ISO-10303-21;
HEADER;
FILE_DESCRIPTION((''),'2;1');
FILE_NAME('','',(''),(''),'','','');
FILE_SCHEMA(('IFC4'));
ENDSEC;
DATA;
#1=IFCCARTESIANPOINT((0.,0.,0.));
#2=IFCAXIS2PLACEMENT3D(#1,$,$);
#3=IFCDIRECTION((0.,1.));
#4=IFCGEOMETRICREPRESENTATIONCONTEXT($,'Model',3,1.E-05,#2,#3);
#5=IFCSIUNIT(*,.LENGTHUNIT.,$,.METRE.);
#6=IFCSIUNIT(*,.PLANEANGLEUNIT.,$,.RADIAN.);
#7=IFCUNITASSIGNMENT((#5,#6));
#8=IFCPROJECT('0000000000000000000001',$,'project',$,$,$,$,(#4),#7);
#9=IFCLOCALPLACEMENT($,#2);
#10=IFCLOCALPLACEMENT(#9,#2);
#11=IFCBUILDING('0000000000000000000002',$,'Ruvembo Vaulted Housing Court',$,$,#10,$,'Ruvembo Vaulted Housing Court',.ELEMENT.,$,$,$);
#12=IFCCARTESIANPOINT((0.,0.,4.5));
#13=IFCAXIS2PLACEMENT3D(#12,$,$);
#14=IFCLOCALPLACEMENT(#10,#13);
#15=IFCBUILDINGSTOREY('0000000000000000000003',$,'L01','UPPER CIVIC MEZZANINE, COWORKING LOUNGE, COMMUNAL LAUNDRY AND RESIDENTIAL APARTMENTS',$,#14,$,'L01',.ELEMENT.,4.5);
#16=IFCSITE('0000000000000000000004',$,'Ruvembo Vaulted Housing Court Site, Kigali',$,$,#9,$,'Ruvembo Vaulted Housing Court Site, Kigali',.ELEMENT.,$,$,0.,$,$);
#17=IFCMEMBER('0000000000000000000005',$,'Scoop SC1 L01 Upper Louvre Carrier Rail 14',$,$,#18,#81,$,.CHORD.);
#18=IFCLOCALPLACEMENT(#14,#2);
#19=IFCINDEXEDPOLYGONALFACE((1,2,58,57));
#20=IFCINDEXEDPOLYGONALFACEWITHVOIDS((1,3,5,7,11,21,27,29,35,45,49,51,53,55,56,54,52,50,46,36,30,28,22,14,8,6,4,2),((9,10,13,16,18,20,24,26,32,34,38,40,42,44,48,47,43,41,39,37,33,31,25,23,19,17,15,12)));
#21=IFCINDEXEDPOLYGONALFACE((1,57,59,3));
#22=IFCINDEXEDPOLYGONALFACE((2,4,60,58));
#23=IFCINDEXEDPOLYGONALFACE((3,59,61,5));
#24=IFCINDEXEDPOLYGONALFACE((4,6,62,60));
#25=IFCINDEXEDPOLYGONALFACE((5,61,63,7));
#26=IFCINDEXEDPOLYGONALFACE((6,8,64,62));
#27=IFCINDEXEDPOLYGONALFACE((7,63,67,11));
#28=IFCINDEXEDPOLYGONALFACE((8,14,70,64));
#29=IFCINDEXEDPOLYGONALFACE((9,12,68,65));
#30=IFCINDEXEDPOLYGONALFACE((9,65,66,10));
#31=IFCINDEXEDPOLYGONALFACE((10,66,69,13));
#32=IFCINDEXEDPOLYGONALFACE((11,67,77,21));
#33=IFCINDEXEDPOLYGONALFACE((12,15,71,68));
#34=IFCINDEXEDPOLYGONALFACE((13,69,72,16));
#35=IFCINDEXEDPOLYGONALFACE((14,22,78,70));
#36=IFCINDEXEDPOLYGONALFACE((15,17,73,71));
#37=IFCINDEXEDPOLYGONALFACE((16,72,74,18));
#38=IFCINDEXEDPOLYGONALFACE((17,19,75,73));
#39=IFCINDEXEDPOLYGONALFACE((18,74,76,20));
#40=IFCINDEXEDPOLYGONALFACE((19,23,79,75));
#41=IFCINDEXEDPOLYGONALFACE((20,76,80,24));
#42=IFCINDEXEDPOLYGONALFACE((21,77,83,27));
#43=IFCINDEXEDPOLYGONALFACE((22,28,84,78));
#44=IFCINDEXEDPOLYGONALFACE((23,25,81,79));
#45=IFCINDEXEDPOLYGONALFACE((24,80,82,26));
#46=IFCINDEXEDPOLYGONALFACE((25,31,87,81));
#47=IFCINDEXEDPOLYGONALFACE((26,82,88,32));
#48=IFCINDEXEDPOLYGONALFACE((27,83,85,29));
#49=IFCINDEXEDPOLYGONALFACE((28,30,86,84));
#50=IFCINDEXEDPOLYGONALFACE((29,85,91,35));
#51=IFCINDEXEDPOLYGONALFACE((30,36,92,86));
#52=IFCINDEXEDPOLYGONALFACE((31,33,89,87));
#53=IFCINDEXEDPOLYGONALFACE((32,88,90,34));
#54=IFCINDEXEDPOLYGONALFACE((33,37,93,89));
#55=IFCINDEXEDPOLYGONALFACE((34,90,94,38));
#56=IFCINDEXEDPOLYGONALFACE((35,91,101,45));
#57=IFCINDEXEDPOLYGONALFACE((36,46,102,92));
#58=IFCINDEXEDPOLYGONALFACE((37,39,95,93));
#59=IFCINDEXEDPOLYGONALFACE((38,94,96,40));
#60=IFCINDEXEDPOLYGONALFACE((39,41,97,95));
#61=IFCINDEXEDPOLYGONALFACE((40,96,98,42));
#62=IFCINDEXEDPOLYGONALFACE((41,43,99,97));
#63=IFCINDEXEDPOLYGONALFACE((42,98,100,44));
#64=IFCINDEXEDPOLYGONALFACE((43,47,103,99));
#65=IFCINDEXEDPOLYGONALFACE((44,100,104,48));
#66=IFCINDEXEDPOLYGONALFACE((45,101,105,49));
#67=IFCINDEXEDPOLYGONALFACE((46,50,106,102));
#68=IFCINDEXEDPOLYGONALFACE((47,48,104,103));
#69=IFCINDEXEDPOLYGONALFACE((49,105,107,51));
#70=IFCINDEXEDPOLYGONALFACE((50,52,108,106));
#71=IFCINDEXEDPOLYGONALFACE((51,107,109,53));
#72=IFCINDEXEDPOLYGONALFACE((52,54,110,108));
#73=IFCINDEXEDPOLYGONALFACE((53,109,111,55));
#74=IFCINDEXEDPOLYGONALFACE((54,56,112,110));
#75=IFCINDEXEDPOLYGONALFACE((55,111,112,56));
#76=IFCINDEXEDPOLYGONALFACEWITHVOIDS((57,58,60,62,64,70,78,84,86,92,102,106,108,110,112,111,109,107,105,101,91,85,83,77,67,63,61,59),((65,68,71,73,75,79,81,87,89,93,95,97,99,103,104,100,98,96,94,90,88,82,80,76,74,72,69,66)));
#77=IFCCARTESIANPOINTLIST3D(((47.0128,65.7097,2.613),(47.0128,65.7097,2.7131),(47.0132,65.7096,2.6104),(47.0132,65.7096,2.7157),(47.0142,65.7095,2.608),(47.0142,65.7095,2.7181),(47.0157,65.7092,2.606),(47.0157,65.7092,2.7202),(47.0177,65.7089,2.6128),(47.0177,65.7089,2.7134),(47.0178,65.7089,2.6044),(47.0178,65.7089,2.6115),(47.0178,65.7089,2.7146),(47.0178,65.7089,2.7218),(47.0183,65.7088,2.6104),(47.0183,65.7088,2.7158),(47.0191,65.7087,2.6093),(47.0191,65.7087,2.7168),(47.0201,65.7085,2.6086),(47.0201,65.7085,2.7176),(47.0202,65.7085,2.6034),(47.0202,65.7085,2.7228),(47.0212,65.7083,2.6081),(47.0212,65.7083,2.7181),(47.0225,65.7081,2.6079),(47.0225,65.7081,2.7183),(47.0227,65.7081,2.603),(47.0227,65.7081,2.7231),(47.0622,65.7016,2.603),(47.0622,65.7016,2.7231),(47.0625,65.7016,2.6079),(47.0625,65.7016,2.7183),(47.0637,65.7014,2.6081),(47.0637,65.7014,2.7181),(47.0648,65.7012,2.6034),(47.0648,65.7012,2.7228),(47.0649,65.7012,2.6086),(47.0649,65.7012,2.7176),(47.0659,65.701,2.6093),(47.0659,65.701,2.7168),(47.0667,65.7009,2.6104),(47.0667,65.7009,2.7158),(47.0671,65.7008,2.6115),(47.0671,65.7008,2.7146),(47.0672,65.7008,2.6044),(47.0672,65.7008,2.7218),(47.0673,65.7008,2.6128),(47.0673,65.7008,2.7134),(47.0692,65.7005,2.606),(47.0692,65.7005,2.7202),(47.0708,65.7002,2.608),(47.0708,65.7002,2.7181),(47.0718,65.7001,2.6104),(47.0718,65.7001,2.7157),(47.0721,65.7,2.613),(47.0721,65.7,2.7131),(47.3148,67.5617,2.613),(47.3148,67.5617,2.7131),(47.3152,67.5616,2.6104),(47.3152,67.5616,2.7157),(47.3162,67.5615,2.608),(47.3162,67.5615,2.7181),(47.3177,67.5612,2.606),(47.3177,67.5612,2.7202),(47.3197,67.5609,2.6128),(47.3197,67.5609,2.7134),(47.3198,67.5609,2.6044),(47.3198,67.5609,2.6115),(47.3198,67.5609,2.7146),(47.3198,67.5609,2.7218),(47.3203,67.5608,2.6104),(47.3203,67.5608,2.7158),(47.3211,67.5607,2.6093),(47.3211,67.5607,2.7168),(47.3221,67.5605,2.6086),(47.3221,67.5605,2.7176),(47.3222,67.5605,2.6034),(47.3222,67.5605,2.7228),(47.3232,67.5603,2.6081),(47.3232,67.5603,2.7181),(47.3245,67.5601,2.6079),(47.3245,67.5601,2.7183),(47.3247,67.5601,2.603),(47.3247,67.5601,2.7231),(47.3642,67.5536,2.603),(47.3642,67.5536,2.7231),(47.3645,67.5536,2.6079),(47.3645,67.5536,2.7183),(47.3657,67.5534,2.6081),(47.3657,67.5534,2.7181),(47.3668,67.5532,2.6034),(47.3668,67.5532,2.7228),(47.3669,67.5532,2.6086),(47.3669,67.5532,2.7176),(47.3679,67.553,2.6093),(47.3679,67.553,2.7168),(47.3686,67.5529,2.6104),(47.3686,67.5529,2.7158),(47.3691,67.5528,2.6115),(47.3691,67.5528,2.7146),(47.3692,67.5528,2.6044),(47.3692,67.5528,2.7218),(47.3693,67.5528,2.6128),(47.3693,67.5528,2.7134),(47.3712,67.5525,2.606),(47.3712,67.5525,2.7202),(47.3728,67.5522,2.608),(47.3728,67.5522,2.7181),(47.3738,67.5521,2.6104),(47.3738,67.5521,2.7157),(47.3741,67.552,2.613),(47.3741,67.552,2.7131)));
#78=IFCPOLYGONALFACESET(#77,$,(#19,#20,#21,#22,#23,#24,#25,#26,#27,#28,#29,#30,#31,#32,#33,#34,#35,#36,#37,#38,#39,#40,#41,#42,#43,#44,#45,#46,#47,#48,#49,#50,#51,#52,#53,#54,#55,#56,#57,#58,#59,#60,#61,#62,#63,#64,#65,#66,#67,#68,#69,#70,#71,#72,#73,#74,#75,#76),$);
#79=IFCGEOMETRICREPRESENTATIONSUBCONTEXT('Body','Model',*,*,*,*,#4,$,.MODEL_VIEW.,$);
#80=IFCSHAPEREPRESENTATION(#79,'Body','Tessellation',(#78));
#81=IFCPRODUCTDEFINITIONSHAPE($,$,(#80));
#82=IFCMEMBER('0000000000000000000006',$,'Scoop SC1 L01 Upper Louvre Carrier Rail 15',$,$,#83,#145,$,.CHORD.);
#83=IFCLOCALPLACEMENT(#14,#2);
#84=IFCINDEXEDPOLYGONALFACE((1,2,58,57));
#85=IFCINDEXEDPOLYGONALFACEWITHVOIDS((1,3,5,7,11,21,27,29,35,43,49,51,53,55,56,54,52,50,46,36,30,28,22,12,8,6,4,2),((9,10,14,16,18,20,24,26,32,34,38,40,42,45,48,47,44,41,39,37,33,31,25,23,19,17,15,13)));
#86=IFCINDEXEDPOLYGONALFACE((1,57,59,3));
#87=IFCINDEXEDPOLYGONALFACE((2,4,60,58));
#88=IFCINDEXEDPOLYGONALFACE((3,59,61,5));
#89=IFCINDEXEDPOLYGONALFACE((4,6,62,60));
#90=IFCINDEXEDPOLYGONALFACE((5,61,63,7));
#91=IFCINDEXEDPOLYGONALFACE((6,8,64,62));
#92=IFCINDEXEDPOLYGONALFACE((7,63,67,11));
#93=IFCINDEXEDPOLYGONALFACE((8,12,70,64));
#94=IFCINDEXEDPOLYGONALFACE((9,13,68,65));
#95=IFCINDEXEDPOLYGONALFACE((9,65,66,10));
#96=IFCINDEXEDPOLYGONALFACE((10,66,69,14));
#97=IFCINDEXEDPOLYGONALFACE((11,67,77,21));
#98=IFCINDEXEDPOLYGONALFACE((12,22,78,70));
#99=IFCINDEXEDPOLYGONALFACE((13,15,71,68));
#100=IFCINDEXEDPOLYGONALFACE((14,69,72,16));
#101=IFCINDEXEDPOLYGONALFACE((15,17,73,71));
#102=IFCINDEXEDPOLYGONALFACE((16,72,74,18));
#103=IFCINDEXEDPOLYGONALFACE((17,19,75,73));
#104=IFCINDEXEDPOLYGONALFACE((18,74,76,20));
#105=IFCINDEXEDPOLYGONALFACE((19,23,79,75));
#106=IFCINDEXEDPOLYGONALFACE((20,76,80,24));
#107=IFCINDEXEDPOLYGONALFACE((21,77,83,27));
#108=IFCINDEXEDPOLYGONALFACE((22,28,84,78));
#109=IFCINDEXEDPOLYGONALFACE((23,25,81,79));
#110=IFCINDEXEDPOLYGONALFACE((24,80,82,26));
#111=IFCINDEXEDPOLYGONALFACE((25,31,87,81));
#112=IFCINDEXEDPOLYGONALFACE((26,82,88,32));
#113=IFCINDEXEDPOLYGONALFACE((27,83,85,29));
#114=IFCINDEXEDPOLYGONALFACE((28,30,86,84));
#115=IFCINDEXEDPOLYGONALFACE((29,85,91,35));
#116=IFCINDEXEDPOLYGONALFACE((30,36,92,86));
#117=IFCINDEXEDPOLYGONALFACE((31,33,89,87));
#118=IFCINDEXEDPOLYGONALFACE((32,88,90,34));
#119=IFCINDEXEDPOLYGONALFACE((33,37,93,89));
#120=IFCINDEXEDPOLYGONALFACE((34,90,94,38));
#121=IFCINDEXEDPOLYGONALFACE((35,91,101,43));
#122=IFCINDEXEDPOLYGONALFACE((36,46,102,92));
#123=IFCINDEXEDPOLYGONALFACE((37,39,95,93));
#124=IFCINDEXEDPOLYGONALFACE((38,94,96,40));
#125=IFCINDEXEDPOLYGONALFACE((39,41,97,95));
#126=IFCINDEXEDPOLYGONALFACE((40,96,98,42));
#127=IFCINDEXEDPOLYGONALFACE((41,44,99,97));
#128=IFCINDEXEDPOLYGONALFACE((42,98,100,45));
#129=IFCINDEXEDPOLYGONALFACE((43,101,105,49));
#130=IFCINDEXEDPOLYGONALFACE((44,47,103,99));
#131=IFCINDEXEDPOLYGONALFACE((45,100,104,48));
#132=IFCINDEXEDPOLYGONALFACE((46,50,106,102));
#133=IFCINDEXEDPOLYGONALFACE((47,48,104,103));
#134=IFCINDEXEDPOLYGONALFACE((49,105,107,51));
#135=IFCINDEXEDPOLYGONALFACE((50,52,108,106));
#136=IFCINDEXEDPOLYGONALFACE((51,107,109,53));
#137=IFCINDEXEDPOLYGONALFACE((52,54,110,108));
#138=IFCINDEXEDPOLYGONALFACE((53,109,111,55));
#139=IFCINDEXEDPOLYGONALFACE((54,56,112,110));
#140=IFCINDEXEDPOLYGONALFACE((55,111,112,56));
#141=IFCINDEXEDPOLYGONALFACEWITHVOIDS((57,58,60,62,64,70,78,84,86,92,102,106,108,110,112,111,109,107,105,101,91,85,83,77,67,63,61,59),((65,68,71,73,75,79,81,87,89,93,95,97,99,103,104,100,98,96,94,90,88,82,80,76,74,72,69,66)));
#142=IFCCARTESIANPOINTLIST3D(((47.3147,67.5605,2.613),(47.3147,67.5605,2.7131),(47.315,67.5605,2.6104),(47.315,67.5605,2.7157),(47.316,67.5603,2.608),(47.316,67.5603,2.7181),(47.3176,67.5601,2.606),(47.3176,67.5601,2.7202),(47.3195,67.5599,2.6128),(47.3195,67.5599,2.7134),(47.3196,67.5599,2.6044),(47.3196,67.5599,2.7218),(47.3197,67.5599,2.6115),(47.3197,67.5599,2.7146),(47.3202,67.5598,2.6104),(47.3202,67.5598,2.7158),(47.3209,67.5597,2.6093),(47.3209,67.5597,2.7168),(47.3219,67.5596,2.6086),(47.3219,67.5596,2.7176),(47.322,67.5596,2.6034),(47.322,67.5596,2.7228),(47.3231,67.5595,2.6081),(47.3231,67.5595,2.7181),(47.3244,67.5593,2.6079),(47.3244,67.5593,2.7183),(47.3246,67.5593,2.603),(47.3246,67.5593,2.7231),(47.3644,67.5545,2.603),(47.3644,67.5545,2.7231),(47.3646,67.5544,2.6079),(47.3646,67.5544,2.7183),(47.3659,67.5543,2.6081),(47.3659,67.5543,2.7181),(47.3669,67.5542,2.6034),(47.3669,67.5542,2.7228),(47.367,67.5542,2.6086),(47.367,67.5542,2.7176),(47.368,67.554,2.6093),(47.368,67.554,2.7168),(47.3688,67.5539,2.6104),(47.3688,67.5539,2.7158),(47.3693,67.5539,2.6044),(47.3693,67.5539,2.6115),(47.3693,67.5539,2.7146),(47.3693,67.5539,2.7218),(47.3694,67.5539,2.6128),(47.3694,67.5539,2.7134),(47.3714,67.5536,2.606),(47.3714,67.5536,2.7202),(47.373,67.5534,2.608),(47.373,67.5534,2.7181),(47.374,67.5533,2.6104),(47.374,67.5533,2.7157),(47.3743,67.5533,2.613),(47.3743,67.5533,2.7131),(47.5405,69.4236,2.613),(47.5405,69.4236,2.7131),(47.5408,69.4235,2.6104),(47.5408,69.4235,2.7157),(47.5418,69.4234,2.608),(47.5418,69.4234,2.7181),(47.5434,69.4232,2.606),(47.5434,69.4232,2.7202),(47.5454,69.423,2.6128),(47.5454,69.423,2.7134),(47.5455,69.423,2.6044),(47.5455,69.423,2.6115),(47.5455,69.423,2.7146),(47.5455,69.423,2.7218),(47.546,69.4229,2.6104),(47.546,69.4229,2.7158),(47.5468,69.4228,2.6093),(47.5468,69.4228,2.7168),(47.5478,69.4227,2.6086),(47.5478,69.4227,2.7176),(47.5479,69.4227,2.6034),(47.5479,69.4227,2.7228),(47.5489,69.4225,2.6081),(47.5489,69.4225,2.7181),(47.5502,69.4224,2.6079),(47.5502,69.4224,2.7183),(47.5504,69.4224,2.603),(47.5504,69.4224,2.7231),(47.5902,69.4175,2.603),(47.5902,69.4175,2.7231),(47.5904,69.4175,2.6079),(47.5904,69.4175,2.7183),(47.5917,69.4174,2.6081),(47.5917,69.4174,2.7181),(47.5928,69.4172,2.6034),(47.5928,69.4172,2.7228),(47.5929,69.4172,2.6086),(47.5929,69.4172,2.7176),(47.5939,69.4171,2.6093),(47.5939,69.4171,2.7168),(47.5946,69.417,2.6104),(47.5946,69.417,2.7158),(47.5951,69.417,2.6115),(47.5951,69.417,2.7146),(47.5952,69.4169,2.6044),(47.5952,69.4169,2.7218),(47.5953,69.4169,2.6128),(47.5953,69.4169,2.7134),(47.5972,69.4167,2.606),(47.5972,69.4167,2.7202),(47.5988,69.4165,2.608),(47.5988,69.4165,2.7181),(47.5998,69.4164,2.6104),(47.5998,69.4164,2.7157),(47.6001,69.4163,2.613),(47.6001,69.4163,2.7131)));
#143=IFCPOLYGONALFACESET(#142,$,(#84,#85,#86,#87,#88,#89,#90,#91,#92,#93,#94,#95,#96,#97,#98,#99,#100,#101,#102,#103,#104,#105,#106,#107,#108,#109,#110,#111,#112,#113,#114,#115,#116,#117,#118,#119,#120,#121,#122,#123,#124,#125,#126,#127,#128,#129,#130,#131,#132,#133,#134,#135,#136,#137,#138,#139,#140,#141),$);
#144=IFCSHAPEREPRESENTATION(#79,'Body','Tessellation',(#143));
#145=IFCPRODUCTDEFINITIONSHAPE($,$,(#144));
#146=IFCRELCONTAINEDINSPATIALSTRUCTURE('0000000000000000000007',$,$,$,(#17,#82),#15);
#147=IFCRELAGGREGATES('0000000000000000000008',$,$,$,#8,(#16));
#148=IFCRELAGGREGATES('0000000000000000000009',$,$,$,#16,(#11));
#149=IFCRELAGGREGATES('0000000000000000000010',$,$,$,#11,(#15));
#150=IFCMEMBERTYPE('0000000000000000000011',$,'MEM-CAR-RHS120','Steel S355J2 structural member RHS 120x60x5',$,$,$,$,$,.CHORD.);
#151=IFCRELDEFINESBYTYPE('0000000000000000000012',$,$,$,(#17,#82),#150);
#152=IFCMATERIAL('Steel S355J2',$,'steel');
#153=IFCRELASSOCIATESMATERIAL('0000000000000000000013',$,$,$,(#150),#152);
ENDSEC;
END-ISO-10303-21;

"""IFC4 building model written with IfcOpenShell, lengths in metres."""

from ifc_helpers import new_model, si_unit, direction, frame, origin, origin_2d, place, context, subcontext, project, spatial, hollow_rectangle, extrude, material, material_profile, profile_set, type_object, element, save


model = new_model("IFC4")

# Units and contexts
model_context = context("Model", 3, precision=1e-05, world=origin(), true_north=direction((0.0, 1.0)))
body_context = subcontext(model_context, "Body", "Model", "MODEL_VIEW")
ifc_project = project(units=[si_unit("LENGTHUNIT", "METRE"), si_unit("PLANEANGLEUNIT", "RADIAN")], contexts=[model_context])

# Site, building, storey
site_placement = place(None, origin())
site = spatial("IfcSite", under=ifc_project, at=site_placement, Name="Ruvembo Vaulted Housing Court Site, Kigali", LongName="Ruvembo Vaulted Housing Court Site, Kigali", CompositionType="ELEMENT", RefElevation=0.0)
building_placement = place(site_placement, origin())
building = spatial("IfcBuilding", under=site, at=building_placement, Name="Ruvembo Vaulted Housing Court", LongName="Ruvembo Vaulted Housing Court", CompositionType="ELEMENT")
storey_placement = place(building_placement, frame((0.0, 0.0, 4.5)))
storey = spatial("IfcBuildingStorey", under=building, at=storey_placement, Name="L01", Description="UPPER CIVIC MEZZANINE, COWORKING LOUNGE, COMMUNAL LAUNDRY AND RESIDENTIAL APARTMENTS", LongName="L01", CompositionType="ELEMENT", Elevation=4.5)

# Shared definitions
ifc_material_1 = material(Name="Steel S355J2", Category="steel")

# Members
ifc_material_profile_1 = material_profile(ifc_material_1, hollow_rectangle(XDim=0.0601, YDim=0.1201, WallThickness=0.0049, InnerFilletRadius=0.0049, OuterFilletRadius=0.01, at=origin_2d()), Name="RHS 120x60x5")
ifc_profile_set_1 = profile_set([ifc_material_profile_1], Name="Steel S355J2")
member_type_1 = type_object("IfcMemberType", Name="MEM-CAR-RHS120", Description="Steel S355J2 structural member RHS 120x60x5", PredefinedType="CHORD", material=ifc_profile_set_1)
member_1_placement = place(storey_placement, frame((47.0425, 65.7048, 2.6631), z_axis=(0.160938, 0.986965, 0.0), x_axis=(-0.986965, 0.160938, 0.0)))
element("IfcMember", 1, at=member_1_placement, inside=storey, type_object=member_type_1, Name="Scoop SC1 L01 Upper Louvre Carrier Rail 14", PredefinedType="CHORD", context=body_context, shape_type="SweptSolid", body=[
    extrude(hollow_rectangle(XDim=0.0601, YDim=0.1201, WallThickness=0.0049, InnerFilletRadius=0.0049, OuterFilletRadius=0.01, at=origin_2d()), origin(), (0.0, 0.0, 1.0), 1.8765),
])
for number, where, z_axis, x_axis, name in (
    (2, (47.3445, 67.5569, 2.6631), (0.120335, 0.992733, 0.0), (-0.992733, 0.120335, 0.0), "Scoop SC1 L01 Upper Louvre Carrier Rail 15"),
):
    element("IfcMember", number, at=place(storey_placement, frame(where, z_axis=z_axis, x_axis=x_axis)), inside=storey, type_object=member_type_1, Name=name, PredefinedType="CHORD", context=body_context, shape_type="SweptSolid", body=[
        extrude(hollow_rectangle(XDim=0.0601, YDim=0.1201, WallThickness=0.0049, InnerFilletRadius=0.0049, OuterFilletRadius=0.01, at=origin_2d()), origin(), (0.0, 0.0, 1.0), 1.8767),
    ])

save(model, "model.ifc")
